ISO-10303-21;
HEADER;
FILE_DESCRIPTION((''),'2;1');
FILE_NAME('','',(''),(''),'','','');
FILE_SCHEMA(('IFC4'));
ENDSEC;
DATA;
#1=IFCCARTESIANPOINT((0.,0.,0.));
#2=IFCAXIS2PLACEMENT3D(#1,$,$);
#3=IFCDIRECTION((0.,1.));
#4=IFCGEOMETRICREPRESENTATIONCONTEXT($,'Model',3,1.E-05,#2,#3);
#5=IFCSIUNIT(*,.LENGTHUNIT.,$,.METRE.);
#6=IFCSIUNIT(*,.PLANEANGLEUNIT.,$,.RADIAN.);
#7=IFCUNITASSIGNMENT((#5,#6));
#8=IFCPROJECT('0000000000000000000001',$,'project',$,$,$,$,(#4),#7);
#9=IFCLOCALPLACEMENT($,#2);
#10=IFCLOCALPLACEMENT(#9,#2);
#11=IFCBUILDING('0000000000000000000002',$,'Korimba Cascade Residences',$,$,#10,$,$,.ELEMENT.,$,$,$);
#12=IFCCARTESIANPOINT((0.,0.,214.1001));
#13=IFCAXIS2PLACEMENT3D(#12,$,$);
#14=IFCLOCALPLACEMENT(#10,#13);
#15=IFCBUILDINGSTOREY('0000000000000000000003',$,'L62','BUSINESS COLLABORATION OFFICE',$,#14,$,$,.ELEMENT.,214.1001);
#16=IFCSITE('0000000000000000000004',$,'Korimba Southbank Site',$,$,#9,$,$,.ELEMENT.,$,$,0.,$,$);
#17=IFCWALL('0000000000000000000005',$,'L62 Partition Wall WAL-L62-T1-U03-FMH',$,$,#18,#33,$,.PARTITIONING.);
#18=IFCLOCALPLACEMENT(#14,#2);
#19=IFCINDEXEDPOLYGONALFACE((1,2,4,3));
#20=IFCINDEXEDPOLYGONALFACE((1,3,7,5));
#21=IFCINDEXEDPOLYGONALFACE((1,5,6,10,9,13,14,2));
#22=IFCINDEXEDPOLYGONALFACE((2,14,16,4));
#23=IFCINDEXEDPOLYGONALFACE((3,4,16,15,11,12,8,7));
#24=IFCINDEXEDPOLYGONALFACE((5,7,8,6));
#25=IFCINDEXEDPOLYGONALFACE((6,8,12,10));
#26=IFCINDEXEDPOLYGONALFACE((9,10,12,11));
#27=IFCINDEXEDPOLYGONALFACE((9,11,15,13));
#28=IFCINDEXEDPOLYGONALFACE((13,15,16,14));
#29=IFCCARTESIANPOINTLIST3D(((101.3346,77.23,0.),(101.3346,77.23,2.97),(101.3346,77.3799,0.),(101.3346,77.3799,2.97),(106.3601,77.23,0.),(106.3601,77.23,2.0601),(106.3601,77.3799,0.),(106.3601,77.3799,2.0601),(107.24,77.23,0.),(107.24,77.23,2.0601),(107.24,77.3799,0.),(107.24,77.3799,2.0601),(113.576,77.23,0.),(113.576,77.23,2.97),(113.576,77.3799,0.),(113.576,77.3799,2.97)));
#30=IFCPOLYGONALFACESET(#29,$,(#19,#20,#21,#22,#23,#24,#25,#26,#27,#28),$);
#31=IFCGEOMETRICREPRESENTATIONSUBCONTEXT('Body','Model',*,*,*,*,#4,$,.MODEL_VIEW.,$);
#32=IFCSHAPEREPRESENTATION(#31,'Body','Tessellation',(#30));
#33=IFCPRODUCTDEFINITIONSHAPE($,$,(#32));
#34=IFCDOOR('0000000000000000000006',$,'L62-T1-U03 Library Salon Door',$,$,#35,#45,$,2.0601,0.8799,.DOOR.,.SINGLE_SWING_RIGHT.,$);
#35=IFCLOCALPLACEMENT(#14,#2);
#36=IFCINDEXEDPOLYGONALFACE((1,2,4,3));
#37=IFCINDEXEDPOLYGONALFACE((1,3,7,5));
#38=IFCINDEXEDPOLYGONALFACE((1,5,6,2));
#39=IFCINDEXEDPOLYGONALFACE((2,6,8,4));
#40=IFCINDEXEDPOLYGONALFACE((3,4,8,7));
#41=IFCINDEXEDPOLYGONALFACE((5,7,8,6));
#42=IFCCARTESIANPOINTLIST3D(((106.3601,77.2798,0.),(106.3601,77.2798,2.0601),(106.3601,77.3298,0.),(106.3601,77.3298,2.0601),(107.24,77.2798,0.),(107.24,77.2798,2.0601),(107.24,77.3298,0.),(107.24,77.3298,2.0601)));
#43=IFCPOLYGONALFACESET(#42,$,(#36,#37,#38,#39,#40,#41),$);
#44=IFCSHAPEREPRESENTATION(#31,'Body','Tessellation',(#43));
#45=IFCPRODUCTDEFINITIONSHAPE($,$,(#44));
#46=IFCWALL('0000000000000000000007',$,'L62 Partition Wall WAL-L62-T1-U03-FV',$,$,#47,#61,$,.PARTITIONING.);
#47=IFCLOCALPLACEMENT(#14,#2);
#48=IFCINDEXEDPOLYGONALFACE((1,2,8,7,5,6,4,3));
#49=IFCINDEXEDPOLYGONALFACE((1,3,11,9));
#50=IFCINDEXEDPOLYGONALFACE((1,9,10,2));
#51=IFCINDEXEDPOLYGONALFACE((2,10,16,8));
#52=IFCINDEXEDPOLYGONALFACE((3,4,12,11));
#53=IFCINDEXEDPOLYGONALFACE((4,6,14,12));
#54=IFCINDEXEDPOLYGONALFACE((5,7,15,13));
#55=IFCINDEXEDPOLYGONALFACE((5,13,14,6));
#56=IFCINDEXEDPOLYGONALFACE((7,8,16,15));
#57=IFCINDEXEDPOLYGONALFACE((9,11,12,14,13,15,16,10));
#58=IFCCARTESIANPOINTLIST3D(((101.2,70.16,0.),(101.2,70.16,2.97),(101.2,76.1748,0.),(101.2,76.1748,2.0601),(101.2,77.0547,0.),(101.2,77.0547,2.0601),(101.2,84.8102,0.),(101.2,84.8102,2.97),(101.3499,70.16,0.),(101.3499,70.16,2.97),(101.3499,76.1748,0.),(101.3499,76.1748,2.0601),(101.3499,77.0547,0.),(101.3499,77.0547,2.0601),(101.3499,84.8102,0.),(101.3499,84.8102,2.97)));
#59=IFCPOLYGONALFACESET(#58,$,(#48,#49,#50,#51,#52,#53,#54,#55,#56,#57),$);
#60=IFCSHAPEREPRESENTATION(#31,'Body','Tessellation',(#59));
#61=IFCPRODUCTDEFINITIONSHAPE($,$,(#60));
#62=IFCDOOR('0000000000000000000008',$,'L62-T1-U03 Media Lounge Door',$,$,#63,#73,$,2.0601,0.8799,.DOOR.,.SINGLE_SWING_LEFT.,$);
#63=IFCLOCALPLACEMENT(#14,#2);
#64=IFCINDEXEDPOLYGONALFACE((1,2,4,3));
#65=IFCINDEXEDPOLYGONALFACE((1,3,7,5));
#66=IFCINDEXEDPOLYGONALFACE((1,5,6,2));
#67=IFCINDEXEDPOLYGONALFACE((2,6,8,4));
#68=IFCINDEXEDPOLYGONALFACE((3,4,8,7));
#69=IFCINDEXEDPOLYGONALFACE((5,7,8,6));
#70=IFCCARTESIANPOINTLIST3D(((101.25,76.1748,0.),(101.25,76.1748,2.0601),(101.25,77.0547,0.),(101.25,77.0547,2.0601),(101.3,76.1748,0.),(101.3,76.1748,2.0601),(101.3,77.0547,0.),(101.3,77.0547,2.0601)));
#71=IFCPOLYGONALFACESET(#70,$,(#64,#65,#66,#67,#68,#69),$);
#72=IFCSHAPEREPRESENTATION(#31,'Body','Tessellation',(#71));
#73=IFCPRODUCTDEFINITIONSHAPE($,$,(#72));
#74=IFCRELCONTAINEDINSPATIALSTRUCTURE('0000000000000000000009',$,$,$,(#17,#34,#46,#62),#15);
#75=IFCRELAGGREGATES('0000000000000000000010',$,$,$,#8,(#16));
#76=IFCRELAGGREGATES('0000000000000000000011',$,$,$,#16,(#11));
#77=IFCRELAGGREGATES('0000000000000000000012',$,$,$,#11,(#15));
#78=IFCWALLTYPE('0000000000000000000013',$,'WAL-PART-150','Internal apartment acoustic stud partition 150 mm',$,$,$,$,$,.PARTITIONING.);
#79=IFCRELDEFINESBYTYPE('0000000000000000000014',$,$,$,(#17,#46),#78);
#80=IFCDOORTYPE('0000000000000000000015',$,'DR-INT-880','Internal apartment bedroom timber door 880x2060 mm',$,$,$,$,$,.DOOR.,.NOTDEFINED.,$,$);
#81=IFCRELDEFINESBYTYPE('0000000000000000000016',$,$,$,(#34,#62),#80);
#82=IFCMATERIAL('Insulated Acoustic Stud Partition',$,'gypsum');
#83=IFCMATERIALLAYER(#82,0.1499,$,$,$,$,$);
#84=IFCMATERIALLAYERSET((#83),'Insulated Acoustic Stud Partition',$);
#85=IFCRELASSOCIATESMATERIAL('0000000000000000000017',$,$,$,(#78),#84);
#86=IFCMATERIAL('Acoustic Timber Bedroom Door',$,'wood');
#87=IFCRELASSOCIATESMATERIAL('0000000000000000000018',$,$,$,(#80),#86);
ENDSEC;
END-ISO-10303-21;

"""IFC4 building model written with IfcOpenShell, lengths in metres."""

from ifc_helpers import new_model, si_unit, direction, frame, frame_2d, origin, place, context, subcontext, project, spatial, rectangle, extrude, material, layer, layer_set, type_object, element, fill, save


model = new_model("IFC4")

# Units and contexts
model_context = context("Model", 3, precision=1e-05, world=origin(), true_north=direction((0.0, 1.0)))
body_context = subcontext(model_context, "Body", "Model", "MODEL_VIEW")
ifc_project = project(units=[si_unit("LENGTHUNIT", "METRE"), si_unit("PLANEANGLEUNIT", "RADIAN")], contexts=[model_context])

# Site, building, storey
site_placement = place(None, origin())
site = spatial("IfcSite", under=ifc_project, at=site_placement, Name="Korimba Southbank Site", CompositionType="ELEMENT", RefElevation=0.0)
building_placement = place(site_placement, origin())
building = spatial("IfcBuilding", under=site, at=building_placement, Name="Korimba Cascade Residences", CompositionType="ELEMENT")
storey_placement = place(building_placement, frame((0.0, 0.0, 214.1001)))
storey = spatial("IfcBuildingStorey", under=building, at=storey_placement, Name="L62", Description="BUSINESS COLLABORATION OFFICE", CompositionType="ELEMENT", Elevation=214.1001)

# Shared definitions
ifc_material_1 = material(Name="Insulated Acoustic Stud Partition", Category="gypsum")
ifc_layer_1 = layer(ifc_material_1, 0.1499)
ifc_layer_set_1 = layer_set([ifc_layer_1], Name="Insulated Acoustic Stud Partition")
wall_type_1 = type_object("IfcWallType", Name="WAL-PART-150", Description="Internal apartment acoustic stud partition 150 mm", PredefinedType="PARTITIONING", material=ifc_layer_set_1)

# Shared definitions
ifc_material_2 = material(Name="Acoustic Timber Bedroom Door", Category="wood")
door_type_1 = type_object("IfcDoorType", Name="DR-INT-880", Description="Internal apartment bedroom timber door 880x2060 mm", OperationType="NOTDEFINED", PredefinedType="DOOR", material=ifc_material_2)

# Walls, openings, doors
wall_1_placement = place(storey_placement, frame((101.3347, 77.3049, 0.0), z_axis=(0.0, 0.0, 1.0), x_axis=(1.0, 0.0, 0.0)))
wall_1 = element("IfcWall", 1, at=wall_1_placement, inside=storey, type_object=wall_type_1, Name="L62 Partition Wall WAL-L62-T1-U03-FMH", PredefinedType="PARTITIONING", context=body_context, shape_type="SweptSolid", body=[
    extrude(rectangle(XDim=12.2415, YDim=0.1499, at=frame_2d((6.1206, 0.0))), origin(), (0.0, 0.0, 1.0), 2.97),
])
opening_1_placement = place(wall_1_placement, frame((5.0254, 0.0, 0.0)))
opening_1 = element("IfcOpeningElement", 2, at=opening_1_placement, cuts=wall_1, PredefinedType="OPENING", context=body_context, shape_type="SweptSolid", body=[
    extrude(rectangle(XDim=0.8799, YDim=2.0601, at=frame_2d((0.4399, 1.03))), frame((0.0, 0.085, 0.0), z_axis=(0.0, -1.0, 0.0), x_axis=(1.0, 0.0, 0.0)), (0.0, 0.0, 1.0), 0.1699),
])
door_1_placement = place(opening_1_placement, origin())
door_1 = element("IfcDoor", 3, at=door_1_placement, inside=storey, type_object=door_type_1, Name="L62-T1-U03 Library Salon Door", OperationType="SINGLE_SWING_RIGHT", OverallHeight=2.0601, OverallWidth=0.8799, PredefinedType="DOOR", context=body_context, shape_type="SweptSolid", body=[
    extrude(rectangle(XDim=0.8799, YDim=2.0601, at=frame_2d((0.4399, 1.03))), frame((0.0, 0.0249, 0.0), z_axis=(0.0, -1.0, 0.0), x_axis=(1.0, 0.0, 0.0)), (0.0, 0.0, 1.0), 0.05),
])
fill(opening_1, door_1)
wall_2_placement = place(storey_placement, frame((101.2749, 70.1599, 0.0), z_axis=(0.0, 0.0, 1.0), x_axis=(0.0, 1.0, 0.0)))
wall_2 = element("IfcWall", 4, at=wall_2_placement, inside=storey, type_object=wall_type_1, Name="L62 Partition Wall WAL-L62-T1-U03-FV", PredefinedType="PARTITIONING", context=body_context, shape_type="SweptSolid", body=[
    extrude(rectangle(XDim=14.6501, YDim=0.1499, at=frame_2d((7.3252, 0.0))), origin(), (0.0, 0.0, 1.0), 2.97),
])
opening_2_placement = place(wall_2_placement, frame((6.0149, 0.0, 0.0)))
opening_2 = element("IfcOpeningElement", 5, at=opening_2_placement, cuts=wall_2, PredefinedType="OPENING", context=body_context, shape_type="SweptSolid", body=[
    extrude(rectangle(XDim=0.8799, YDim=2.0601, at=frame_2d((0.4399, 1.03))), frame((0.0, 0.085, 0.0), z_axis=(0.0, -1.0, 0.0), x_axis=(1.0, 0.0, 0.0)), (0.0, 0.0, 1.0), 0.1699),
])
door_2_placement = place(opening_2_placement, origin())
door_2 = element("IfcDoor", 6, at=door_2_placement, inside=storey, type_object=door_type_1, Name="L62-T1-U03 Media Lounge Door", OperationType="SINGLE_SWING_LEFT", OverallHeight=2.0601, OverallWidth=0.8799, PredefinedType="DOOR", context=body_context, shape_type="SweptSolid", body=[
    extrude(rectangle(XDim=0.8799, YDim=2.0601, at=frame_2d((0.4399, 1.03))), frame((0.0, 0.0249, 0.0), z_axis=(0.0, -1.0, 0.0), x_axis=(1.0, 0.0, 0.0)), (0.0, 0.0, 1.0), 0.05),
])
fill(opening_2, door_2)

save(model, "model.ifc")
